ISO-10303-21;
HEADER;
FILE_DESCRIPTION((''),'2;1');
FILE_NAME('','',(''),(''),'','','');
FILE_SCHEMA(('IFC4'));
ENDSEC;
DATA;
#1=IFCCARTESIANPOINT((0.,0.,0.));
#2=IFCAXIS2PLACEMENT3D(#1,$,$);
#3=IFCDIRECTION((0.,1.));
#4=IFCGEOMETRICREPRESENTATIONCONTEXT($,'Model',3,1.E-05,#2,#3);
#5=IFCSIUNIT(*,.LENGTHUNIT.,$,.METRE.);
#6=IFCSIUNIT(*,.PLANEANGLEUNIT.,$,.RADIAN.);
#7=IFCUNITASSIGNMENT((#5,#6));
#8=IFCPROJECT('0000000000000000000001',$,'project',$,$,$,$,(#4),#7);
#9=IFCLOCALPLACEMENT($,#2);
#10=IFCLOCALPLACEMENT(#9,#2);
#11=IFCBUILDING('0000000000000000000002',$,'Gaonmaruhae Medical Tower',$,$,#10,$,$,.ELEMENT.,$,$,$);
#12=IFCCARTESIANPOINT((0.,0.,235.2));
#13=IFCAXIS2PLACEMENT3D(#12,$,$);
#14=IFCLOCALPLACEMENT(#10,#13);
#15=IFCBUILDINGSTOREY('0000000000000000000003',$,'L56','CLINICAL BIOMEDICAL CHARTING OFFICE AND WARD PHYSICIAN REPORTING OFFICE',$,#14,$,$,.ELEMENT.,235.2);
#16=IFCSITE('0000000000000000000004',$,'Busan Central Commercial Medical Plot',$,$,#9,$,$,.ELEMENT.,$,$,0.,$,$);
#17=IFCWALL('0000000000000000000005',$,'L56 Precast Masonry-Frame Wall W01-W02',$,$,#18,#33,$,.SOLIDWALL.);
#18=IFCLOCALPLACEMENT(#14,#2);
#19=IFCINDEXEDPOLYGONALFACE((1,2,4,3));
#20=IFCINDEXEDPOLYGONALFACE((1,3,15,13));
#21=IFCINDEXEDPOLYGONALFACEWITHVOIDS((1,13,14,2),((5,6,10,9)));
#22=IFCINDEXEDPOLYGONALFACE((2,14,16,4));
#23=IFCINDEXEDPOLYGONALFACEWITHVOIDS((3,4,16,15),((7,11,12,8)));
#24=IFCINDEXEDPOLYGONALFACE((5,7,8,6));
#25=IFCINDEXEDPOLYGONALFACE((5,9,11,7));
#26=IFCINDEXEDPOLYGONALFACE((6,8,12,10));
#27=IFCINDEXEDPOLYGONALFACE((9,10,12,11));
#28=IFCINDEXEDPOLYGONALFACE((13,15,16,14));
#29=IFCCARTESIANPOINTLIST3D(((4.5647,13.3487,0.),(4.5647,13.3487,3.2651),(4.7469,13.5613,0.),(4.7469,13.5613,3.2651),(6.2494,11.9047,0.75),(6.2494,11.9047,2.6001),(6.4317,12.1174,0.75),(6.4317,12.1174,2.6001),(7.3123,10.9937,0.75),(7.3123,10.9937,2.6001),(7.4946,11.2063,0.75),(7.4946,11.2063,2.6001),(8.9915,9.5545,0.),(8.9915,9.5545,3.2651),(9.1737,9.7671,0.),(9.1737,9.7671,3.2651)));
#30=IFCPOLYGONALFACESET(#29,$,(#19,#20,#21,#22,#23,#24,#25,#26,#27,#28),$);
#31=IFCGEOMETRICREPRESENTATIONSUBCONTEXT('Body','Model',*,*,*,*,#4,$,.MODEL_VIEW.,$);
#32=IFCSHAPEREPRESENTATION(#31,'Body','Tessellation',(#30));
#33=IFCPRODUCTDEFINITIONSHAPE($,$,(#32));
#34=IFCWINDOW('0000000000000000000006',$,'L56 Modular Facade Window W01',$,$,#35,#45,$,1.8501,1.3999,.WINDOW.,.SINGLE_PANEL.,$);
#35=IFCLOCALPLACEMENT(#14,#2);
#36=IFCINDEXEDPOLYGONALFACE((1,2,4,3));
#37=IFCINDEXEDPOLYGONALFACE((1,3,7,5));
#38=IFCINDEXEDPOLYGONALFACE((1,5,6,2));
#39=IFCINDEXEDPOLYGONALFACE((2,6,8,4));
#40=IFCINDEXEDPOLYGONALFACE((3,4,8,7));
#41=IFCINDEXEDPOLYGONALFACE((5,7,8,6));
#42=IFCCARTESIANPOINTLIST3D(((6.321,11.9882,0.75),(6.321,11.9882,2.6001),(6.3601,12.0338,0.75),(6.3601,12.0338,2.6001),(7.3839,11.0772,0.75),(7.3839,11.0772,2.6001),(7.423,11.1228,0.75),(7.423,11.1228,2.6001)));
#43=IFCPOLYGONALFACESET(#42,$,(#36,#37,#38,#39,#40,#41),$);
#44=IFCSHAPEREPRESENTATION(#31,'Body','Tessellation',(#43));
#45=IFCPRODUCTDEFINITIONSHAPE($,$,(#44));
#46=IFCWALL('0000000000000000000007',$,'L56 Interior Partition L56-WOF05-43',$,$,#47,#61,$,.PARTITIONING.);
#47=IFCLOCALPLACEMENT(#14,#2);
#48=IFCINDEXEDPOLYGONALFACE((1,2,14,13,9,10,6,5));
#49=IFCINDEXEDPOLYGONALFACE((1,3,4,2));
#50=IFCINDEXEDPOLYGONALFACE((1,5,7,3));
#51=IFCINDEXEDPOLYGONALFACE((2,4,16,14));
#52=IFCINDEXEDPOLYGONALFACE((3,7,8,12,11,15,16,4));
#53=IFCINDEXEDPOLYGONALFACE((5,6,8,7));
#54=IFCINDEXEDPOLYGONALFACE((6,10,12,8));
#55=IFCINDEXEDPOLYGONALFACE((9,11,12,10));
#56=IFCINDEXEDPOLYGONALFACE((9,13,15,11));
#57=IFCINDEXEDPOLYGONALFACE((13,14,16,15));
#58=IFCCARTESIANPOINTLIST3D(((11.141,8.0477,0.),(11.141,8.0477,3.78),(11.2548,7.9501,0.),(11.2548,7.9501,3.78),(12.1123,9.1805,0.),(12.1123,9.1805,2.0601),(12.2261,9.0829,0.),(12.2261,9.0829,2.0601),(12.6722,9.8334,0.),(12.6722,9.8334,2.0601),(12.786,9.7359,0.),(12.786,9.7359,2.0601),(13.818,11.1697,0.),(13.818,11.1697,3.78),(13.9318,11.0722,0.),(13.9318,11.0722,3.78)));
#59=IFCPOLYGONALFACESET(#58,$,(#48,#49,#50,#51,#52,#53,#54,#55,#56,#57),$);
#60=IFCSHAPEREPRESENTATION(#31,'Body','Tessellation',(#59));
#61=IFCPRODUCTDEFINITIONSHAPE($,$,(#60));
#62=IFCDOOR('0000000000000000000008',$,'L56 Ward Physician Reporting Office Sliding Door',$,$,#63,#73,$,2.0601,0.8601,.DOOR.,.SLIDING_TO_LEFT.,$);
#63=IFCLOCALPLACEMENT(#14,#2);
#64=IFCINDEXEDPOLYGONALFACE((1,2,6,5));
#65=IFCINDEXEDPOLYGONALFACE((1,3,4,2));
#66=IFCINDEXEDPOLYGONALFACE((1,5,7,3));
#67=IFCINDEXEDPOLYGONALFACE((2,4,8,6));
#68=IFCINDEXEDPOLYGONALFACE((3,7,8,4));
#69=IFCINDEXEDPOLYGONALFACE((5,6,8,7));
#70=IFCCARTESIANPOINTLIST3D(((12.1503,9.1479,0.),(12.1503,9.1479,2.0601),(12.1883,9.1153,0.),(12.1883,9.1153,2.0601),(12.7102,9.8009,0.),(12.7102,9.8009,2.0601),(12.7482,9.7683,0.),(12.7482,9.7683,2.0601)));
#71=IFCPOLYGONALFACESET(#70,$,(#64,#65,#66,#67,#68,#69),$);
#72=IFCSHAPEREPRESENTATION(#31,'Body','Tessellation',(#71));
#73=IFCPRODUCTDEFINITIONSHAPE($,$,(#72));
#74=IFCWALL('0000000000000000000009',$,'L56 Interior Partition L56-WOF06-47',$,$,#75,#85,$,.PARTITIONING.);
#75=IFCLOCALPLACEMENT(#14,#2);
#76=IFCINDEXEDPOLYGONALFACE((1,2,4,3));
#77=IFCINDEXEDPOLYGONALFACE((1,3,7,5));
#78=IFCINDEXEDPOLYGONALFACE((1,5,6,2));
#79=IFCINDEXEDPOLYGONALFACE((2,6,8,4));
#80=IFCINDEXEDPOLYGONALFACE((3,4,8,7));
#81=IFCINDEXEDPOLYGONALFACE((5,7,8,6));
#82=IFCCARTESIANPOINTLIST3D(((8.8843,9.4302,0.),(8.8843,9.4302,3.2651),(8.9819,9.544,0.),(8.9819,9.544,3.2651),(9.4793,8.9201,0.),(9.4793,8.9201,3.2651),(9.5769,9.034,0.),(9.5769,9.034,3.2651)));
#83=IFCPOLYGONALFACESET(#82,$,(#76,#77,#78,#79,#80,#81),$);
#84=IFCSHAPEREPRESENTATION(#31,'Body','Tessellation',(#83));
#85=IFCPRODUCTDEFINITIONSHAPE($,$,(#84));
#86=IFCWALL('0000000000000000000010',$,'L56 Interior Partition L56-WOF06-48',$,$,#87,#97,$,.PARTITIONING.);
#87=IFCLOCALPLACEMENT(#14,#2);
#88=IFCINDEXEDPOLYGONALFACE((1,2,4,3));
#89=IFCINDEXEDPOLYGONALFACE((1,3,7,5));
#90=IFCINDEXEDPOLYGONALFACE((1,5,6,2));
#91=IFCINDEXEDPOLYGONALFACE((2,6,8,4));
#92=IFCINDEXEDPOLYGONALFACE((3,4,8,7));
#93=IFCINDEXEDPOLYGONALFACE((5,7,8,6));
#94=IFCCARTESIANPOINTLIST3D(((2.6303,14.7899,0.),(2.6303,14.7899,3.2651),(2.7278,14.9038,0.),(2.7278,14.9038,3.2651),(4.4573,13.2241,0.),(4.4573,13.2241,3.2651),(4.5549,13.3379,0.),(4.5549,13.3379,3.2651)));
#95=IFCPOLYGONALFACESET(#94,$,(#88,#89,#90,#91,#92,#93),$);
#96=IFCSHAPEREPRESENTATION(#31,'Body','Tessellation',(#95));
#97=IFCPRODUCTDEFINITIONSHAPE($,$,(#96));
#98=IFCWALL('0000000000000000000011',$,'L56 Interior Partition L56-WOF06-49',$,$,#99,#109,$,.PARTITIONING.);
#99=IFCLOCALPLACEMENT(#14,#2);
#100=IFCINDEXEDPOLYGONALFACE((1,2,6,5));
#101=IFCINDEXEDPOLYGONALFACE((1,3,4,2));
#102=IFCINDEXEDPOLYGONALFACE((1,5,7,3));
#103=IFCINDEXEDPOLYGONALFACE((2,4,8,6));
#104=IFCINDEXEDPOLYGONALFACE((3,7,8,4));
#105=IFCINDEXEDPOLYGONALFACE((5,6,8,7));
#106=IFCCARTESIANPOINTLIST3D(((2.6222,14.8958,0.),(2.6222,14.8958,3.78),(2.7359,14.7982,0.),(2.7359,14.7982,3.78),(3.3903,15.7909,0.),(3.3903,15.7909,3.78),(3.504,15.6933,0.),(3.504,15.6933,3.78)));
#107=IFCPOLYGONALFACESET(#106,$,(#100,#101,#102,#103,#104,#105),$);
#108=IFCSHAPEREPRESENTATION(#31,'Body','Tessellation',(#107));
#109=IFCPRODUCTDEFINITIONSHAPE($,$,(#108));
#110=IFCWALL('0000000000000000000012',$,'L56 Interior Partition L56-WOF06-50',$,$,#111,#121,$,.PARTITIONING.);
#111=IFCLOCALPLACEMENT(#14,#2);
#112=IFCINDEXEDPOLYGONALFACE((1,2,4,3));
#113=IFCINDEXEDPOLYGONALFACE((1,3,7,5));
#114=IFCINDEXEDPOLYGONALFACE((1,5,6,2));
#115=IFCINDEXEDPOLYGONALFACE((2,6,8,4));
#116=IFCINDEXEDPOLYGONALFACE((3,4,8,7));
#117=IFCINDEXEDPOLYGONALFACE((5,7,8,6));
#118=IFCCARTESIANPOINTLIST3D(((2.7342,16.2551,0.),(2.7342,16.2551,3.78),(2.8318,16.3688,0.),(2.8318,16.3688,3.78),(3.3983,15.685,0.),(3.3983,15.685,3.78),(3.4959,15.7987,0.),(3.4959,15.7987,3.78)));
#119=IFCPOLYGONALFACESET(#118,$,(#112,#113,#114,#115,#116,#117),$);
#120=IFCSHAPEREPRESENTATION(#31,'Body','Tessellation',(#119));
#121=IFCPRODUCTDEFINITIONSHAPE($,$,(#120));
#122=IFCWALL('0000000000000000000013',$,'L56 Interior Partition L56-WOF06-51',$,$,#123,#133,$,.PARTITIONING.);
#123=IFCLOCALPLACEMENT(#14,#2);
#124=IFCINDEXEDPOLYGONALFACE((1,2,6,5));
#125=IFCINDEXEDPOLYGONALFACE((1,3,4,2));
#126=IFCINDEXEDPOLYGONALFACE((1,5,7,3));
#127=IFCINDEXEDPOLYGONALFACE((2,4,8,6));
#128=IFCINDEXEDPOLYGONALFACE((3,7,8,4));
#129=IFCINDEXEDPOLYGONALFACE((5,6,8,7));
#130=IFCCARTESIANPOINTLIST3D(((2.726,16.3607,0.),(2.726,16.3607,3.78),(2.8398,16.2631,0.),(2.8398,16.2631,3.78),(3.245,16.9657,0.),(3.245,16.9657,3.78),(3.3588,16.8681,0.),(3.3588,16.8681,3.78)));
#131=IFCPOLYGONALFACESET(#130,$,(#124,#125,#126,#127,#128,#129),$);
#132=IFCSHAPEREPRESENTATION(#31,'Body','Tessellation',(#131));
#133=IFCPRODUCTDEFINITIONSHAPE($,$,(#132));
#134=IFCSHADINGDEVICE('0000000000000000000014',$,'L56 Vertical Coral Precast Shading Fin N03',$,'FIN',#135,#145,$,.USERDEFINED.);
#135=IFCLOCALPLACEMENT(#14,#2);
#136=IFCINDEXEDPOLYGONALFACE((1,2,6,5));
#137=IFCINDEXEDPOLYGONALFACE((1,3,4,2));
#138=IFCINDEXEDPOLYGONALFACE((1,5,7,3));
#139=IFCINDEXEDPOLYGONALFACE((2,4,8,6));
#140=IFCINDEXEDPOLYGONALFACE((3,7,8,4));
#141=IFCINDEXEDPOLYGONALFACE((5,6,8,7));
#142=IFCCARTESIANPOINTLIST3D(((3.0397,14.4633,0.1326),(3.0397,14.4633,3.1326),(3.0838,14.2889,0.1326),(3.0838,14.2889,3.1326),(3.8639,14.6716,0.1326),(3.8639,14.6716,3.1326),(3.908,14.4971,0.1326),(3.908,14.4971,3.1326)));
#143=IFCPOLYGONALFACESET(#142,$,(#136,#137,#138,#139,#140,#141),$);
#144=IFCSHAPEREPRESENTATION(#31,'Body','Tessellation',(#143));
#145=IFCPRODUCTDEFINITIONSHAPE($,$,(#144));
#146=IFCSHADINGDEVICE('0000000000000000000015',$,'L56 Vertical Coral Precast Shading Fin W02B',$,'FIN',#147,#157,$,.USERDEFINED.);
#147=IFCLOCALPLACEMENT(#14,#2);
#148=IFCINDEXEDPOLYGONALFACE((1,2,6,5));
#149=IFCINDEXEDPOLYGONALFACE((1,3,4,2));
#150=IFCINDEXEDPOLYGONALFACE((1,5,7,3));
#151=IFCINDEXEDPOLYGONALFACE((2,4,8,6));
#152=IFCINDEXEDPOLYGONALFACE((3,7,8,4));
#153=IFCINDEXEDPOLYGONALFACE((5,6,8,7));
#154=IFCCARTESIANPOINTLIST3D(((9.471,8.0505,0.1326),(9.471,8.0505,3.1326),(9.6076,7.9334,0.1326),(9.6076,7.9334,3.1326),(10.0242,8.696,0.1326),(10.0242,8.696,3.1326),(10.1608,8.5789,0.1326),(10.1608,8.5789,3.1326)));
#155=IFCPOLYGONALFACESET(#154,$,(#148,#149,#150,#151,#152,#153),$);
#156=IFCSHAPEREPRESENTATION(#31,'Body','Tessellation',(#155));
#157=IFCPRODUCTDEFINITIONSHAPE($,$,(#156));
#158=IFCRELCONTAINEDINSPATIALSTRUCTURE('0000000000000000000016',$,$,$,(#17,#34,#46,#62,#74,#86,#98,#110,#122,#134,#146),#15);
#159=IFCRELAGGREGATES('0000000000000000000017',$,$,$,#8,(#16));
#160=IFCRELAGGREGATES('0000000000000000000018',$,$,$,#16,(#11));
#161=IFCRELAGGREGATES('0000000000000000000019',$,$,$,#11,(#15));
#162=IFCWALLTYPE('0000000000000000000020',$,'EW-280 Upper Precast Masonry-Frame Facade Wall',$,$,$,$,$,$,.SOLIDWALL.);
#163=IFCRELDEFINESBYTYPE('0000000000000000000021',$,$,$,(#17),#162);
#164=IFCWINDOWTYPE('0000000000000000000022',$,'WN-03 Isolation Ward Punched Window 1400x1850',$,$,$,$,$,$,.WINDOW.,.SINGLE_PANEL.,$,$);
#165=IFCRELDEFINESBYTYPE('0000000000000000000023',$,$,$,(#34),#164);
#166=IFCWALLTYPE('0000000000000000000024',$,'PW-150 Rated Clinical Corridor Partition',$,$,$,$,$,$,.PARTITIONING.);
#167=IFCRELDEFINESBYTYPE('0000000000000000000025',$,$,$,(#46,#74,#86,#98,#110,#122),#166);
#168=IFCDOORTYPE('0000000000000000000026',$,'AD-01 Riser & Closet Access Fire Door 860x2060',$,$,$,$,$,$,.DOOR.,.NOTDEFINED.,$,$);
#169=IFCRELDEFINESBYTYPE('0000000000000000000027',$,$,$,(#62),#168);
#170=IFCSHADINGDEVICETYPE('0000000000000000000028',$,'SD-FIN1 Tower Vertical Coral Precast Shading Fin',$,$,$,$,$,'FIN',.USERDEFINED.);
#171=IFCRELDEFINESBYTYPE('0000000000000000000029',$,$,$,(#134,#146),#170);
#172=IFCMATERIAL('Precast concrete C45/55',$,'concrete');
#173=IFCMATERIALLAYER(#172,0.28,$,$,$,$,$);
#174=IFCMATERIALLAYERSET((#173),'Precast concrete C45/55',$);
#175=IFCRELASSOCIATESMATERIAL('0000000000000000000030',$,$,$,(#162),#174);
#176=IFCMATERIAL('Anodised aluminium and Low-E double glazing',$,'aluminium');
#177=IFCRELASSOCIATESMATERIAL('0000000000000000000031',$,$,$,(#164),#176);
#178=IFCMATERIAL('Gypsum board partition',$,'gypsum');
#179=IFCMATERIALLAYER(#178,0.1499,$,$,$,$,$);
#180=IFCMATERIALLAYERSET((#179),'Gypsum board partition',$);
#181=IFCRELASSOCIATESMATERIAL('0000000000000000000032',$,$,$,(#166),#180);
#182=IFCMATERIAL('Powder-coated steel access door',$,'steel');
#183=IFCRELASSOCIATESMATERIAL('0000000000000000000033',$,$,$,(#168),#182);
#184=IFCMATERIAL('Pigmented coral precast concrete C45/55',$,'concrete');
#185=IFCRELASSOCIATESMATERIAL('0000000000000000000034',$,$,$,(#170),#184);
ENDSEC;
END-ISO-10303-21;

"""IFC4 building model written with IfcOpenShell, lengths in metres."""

from ifc_helpers import new_model, si_unit, direction, frame, frame_2d, origin, origin_2d, place, context, subcontext, project, spatial, rectangle, extrude, material, layer, layer_set, type_object, element, fill, save


model = new_model("IFC4")

# Units and contexts
model_context = context("Model", 3, precision=1e-05, world=origin(), true_north=direction((0.0, 1.0)))
body_context = subcontext(model_context, "Body", "Model", "MODEL_VIEW")
ifc_project = project(units=[si_unit("LENGTHUNIT", "METRE"), si_unit("PLANEANGLEUNIT", "RADIAN")], contexts=[model_context])

# Site, building, storey
site_placement = place(None, origin())
site = spatial("IfcSite", under=ifc_project, at=site_placement, Name="Busan Central Commercial Medical Plot", CompositionType="ELEMENT", RefElevation=0.0)
building_placement = place(site_placement, origin())
building = spatial("IfcBuilding", under=site, at=building_placement, Name="Gaonmaruhae Medical Tower", CompositionType="ELEMENT")
storey_placement = place(building_placement, frame((0.0, 0.0, 235.2)))
storey = spatial("IfcBuildingStorey", under=building, at=storey_placement, Name="L56", Description="CLINICAL BIOMEDICAL CHARTING OFFICE AND WARD PHYSICIAN REPORTING OFFICE", CompositionType="ELEMENT", Elevation=235.2)

# Shared definitions
ifc_material_1 = material(Name="Precast concrete C45/55", Category="concrete")
ifc_layer_1 = layer(ifc_material_1, 0.28)
ifc_layer_set_1 = layer_set([ifc_layer_1], Name="Precast concrete C45/55")
wall_type_1 = type_object("IfcWallType", Name="EW-280 Upper Precast Masonry-Frame Facade Wall", PredefinedType="SOLIDWALL", material=ifc_layer_set_1)

# Wall, opening, window
wall_1_placement = place(storey_placement, frame((9.0825, 9.6609, 0.0), z_axis=(0.0, 0.0, 1.0), x_axis=(-0.759271, 0.650774, 0.0)))
wall_1 = element("IfcWall", 1, at=wall_1_placement, inside=storey, type_object=wall_type_1, Name="L56 Precast Masonry-Frame Wall W01-W02", PredefinedType="SOLIDWALL", context=body_context, shape_type="SweptSolid", body=[
    extrude(rectangle(XDim=5.8303, YDim=0.28, at=frame_2d((2.915, 0.0))), origin(), (0.0, 0.0, 1.0), 3.2651),
])
opening_1_placement = place(wall_1_placement, frame((2.2114, 0.0, 0.75)))
opening_1 = element("IfcOpeningElement", 2, at=opening_1_placement, cuts=wall_1, PredefinedType="OPENING", context=body_context, shape_type="SweptSolid", body=[
    extrude(rectangle(XDim=1.3999, YDim=1.8501, at=frame_2d((0.7, 0.925))), frame((0.0, 0.1499, 0.0), z_axis=(0.0, -1.0, 0.0), x_axis=(1.0, 0.0, 0.0)), (0.0, 0.0, 1.0), 0.3),
])
ifc_material_2 = material(Name="Anodised aluminium and Low-E double glazing", Category="aluminium")
window_type = type_object("IfcWindowType", Name="WN-03 Isolation Ward Punched Window 1400x1850", PartitioningType="SINGLE_PANEL", PredefinedType="WINDOW", material=ifc_material_2)
window_placement = place(opening_1_placement, origin())
window = element("IfcWindow", 3, at=window_placement, inside=storey, type_object=window_type, Name="L56 Modular Facade Window W01", OverallHeight=1.8501, OverallWidth=1.3999, PartitioningType="SINGLE_PANEL", PredefinedType="WINDOW", context=body_context, shape_type="SweptSolid", body=[
    extrude(rectangle(XDim=1.3999, YDim=1.8501, at=frame_2d((0.7, 0.925))), frame((0.0, 0.03, 0.0), z_axis=(0.0, -1.0, 0.0), x_axis=(1.0, 0.0, 0.0)), (0.0, 0.0, 1.0), 0.0601),
])
fill(opening_1, window)

# Wall, opening, door
ifc_material_3 = material(Name="Gypsum board partition", Category="gypsum")
ifc_layer_2 = layer(ifc_material_3, 0.1499)
ifc_layer_set_2 = layer_set([ifc_layer_2], Name="Gypsum board partition")
wall_type_2 = type_object("IfcWallType", Name="PW-150 Rated Clinical Corridor Partition", PredefinedType="PARTITIONING", material=ifc_layer_set_2)
wall_2_placement = place(storey_placement, frame((11.198, 7.999, 0.0), z_axis=(0.0, 0.0, 1.0), x_axis=(0.650923, 0.759143, 0.0)))
wall_2 = element("IfcWall", 4, at=wall_2_placement, inside=storey, type_object=wall_type_2, Name="L56 Interior Partition L56-WOF05-43", PredefinedType="PARTITIONING", context=body_context, shape_type="SweptSolid", body=[
    extrude(rectangle(XDim=4.1125, YDim=0.1499, at=frame_2d((2.0562, 0.0))), origin(), (0.0, 0.0, 1.0), 3.78),
])
opening_2_placement = place(wall_2_placement, frame((1.4919, 0.0, 0.0)))
opening_2 = element("IfcOpeningElement", 5, at=opening_2_placement, cuts=wall_2, PredefinedType="OPENING", context=body_context, shape_type="SweptSolid", body=[
    extrude(rectangle(XDim=0.8601, YDim=2.0601, at=frame_2d((0.4302, 1.03))), frame((0.0, 0.085, 0.0), z_axis=(0.0, -1.0, 0.0), x_axis=(1.0, 0.0, 0.0)), (0.0, 0.0, 1.0), 0.1699),
])
ifc_material_4 = material(Name="Powder-coated steel access door", Category="steel")
door_type = type_object("IfcDoorType", Name="AD-01 Riser & Closet Access Fire Door 860x2060", OperationType="NOTDEFINED", PredefinedType="DOOR", material=ifc_material_4)
door_placement = place(opening_2_placement, origin())
door = element("IfcDoor", 6, at=door_placement, inside=storey, type_object=door_type, Name="L56 Ward Physician Reporting Office Sliding Door", OperationType="SLIDING_TO_LEFT", OverallHeight=2.0601, OverallWidth=0.8601, PredefinedType="DOOR", context=body_context, shape_type="SweptSolid", body=[
    extrude(rectangle(XDim=0.8601, YDim=2.0601, at=frame_2d((0.4302, 1.03))), frame((0.0, 0.0249, 0.0), z_axis=(0.0, -1.0, 0.0), x_axis=(1.0, 0.0, 0.0)), (0.0, 0.0, 1.0), 0.05),
])
fill(opening_2, door)

# Walls
wall_3_placement = place(storey_placement, frame((9.5281, 8.9771, 0.0), z_axis=(0.0, 0.0, 1.0), x_axis=(-0.759235, 0.650817, 0.0)))
element("IfcWall", 7, at=wall_3_placement, inside=storey, type_object=wall_type_2, Name="L56 Interior Partition L56-WOF06-47", PredefinedType="PARTITIONING", context=body_context, shape_type="SweptSolid", body=[
    extrude(rectangle(XDim=0.7837, YDim=0.1499, at=frame_2d((0.3918, 0.0))), origin(), (0.0, 0.0, 1.0), 3.2651),
])
wall_4_placement = place(storey_placement, frame((4.5061, 13.281, 0.0), z_axis=(0.0, 0.0, 1.0), x_axis=(-0.7593, 0.650741, 0.0)))
element("IfcWall", 8, at=wall_4_placement, inside=storey, type_object=wall_type_2, Name="L56 Interior Partition L56-WOF06-48", PredefinedType="PARTITIONING", context=body_context, shape_type="SweptSolid", body=[
    extrude(rectangle(XDim=2.4062, YDim=0.1499, at=frame_2d((1.2031, 0.0))), origin(), (0.0, 0.0, 1.0), 3.2651),
])
wall_5_placement = place(storey_placement, frame((2.679, 14.8469, 0.0), z_axis=(0.0, 0.0, 1.0), x_axis=(0.651234, 0.758877, 0.0)))
element("IfcWall", 9, at=wall_5_placement, inside=storey, type_object=wall_type_2, Name="L56 Interior Partition L56-WOF06-49", PredefinedType="PARTITIONING", context=body_context, shape_type="SweptSolid", body=[
    extrude(rectangle(XDim=1.1794, YDim=0.1499, at=frame_2d((0.5898, 0.0))), origin(), (0.0, 0.0, 1.0), 3.78),
])
wall_6_placement = place(storey_placement, frame((3.447, 15.7419, 0.0), z_axis=(0.0, 0.0, 1.0), x_axis=(-0.758764, 0.651366, 0.0)))
element("IfcWall", 10, at=wall_6_placement, inside=storey, type_object=wall_type_2, Name="L56 Interior Partition L56-WOF06-50", PredefinedType="PARTITIONING", context=body_context, shape_type="SweptSolid", body=[
    extrude(rectangle(XDim=0.8752, YDim=0.1499, at=frame_2d((0.4375, 0.0))), origin(), (0.0, 0.0, 1.0), 3.78),
])
wall_7_placement = place(storey_placement, frame((2.783, 16.312, 0.0), z_axis=(0.0, 0.0, 1.0), x_axis=(0.651144, 0.758954, 0.0)))
element("IfcWall", 11, at=wall_7_placement, inside=storey, type_object=wall_type_2, Name="L56 Interior Partition L56-WOF06-51", PredefinedType="PARTITIONING", context=body_context, shape_type="SweptSolid", body=[
    extrude(rectangle(XDim=0.7971, YDim=0.1499, at=frame_2d((0.3984, 0.0))), origin(), (0.0, 0.0, 1.0), 3.78),
])

# Shading devices
ifc_material_5 = material(Name="Pigmented coral precast concrete C45/55", Category="concrete")
shading_device_type = type_object("IfcShadingDeviceType", Name="SD-FIN1 Tower Vertical Coral Precast Shading Fin", ElementType="FIN", PredefinedType="USERDEFINED", material=ifc_material_5)
for number, where, z_axis, x_axis, name in (
    (12, (3.4739, 14.4802, 0.1326), (0.0, 0.0, 1.0), (-0.245003, 0.969522, 0.0), "L56 Vertical Coral Precast Shading Fin N03"),
    (13, (9.8159, 8.3147, 0.1326), (0.0, 0.0, 1.0), (-0.759271, 0.650774, 0.0), "L56 Vertical Coral Precast Shading Fin W02B"),
):
    element("IfcShadingDevice", number, at=place(storey_placement, frame(where, z_axis=z_axis, x_axis=x_axis)), inside=storey, type_object=shading_device_type, Name=name, ObjectType="FIN", PredefinedType="USERDEFINED", context=body_context, shape_type="SweptSolid", body=[
        extrude(rectangle(XDim=0.1799, YDim=0.8501, at=origin_2d()), origin(), (0.0, 0.0, 1.0), 3.0),
    ])

save(model, "model.ifc")
